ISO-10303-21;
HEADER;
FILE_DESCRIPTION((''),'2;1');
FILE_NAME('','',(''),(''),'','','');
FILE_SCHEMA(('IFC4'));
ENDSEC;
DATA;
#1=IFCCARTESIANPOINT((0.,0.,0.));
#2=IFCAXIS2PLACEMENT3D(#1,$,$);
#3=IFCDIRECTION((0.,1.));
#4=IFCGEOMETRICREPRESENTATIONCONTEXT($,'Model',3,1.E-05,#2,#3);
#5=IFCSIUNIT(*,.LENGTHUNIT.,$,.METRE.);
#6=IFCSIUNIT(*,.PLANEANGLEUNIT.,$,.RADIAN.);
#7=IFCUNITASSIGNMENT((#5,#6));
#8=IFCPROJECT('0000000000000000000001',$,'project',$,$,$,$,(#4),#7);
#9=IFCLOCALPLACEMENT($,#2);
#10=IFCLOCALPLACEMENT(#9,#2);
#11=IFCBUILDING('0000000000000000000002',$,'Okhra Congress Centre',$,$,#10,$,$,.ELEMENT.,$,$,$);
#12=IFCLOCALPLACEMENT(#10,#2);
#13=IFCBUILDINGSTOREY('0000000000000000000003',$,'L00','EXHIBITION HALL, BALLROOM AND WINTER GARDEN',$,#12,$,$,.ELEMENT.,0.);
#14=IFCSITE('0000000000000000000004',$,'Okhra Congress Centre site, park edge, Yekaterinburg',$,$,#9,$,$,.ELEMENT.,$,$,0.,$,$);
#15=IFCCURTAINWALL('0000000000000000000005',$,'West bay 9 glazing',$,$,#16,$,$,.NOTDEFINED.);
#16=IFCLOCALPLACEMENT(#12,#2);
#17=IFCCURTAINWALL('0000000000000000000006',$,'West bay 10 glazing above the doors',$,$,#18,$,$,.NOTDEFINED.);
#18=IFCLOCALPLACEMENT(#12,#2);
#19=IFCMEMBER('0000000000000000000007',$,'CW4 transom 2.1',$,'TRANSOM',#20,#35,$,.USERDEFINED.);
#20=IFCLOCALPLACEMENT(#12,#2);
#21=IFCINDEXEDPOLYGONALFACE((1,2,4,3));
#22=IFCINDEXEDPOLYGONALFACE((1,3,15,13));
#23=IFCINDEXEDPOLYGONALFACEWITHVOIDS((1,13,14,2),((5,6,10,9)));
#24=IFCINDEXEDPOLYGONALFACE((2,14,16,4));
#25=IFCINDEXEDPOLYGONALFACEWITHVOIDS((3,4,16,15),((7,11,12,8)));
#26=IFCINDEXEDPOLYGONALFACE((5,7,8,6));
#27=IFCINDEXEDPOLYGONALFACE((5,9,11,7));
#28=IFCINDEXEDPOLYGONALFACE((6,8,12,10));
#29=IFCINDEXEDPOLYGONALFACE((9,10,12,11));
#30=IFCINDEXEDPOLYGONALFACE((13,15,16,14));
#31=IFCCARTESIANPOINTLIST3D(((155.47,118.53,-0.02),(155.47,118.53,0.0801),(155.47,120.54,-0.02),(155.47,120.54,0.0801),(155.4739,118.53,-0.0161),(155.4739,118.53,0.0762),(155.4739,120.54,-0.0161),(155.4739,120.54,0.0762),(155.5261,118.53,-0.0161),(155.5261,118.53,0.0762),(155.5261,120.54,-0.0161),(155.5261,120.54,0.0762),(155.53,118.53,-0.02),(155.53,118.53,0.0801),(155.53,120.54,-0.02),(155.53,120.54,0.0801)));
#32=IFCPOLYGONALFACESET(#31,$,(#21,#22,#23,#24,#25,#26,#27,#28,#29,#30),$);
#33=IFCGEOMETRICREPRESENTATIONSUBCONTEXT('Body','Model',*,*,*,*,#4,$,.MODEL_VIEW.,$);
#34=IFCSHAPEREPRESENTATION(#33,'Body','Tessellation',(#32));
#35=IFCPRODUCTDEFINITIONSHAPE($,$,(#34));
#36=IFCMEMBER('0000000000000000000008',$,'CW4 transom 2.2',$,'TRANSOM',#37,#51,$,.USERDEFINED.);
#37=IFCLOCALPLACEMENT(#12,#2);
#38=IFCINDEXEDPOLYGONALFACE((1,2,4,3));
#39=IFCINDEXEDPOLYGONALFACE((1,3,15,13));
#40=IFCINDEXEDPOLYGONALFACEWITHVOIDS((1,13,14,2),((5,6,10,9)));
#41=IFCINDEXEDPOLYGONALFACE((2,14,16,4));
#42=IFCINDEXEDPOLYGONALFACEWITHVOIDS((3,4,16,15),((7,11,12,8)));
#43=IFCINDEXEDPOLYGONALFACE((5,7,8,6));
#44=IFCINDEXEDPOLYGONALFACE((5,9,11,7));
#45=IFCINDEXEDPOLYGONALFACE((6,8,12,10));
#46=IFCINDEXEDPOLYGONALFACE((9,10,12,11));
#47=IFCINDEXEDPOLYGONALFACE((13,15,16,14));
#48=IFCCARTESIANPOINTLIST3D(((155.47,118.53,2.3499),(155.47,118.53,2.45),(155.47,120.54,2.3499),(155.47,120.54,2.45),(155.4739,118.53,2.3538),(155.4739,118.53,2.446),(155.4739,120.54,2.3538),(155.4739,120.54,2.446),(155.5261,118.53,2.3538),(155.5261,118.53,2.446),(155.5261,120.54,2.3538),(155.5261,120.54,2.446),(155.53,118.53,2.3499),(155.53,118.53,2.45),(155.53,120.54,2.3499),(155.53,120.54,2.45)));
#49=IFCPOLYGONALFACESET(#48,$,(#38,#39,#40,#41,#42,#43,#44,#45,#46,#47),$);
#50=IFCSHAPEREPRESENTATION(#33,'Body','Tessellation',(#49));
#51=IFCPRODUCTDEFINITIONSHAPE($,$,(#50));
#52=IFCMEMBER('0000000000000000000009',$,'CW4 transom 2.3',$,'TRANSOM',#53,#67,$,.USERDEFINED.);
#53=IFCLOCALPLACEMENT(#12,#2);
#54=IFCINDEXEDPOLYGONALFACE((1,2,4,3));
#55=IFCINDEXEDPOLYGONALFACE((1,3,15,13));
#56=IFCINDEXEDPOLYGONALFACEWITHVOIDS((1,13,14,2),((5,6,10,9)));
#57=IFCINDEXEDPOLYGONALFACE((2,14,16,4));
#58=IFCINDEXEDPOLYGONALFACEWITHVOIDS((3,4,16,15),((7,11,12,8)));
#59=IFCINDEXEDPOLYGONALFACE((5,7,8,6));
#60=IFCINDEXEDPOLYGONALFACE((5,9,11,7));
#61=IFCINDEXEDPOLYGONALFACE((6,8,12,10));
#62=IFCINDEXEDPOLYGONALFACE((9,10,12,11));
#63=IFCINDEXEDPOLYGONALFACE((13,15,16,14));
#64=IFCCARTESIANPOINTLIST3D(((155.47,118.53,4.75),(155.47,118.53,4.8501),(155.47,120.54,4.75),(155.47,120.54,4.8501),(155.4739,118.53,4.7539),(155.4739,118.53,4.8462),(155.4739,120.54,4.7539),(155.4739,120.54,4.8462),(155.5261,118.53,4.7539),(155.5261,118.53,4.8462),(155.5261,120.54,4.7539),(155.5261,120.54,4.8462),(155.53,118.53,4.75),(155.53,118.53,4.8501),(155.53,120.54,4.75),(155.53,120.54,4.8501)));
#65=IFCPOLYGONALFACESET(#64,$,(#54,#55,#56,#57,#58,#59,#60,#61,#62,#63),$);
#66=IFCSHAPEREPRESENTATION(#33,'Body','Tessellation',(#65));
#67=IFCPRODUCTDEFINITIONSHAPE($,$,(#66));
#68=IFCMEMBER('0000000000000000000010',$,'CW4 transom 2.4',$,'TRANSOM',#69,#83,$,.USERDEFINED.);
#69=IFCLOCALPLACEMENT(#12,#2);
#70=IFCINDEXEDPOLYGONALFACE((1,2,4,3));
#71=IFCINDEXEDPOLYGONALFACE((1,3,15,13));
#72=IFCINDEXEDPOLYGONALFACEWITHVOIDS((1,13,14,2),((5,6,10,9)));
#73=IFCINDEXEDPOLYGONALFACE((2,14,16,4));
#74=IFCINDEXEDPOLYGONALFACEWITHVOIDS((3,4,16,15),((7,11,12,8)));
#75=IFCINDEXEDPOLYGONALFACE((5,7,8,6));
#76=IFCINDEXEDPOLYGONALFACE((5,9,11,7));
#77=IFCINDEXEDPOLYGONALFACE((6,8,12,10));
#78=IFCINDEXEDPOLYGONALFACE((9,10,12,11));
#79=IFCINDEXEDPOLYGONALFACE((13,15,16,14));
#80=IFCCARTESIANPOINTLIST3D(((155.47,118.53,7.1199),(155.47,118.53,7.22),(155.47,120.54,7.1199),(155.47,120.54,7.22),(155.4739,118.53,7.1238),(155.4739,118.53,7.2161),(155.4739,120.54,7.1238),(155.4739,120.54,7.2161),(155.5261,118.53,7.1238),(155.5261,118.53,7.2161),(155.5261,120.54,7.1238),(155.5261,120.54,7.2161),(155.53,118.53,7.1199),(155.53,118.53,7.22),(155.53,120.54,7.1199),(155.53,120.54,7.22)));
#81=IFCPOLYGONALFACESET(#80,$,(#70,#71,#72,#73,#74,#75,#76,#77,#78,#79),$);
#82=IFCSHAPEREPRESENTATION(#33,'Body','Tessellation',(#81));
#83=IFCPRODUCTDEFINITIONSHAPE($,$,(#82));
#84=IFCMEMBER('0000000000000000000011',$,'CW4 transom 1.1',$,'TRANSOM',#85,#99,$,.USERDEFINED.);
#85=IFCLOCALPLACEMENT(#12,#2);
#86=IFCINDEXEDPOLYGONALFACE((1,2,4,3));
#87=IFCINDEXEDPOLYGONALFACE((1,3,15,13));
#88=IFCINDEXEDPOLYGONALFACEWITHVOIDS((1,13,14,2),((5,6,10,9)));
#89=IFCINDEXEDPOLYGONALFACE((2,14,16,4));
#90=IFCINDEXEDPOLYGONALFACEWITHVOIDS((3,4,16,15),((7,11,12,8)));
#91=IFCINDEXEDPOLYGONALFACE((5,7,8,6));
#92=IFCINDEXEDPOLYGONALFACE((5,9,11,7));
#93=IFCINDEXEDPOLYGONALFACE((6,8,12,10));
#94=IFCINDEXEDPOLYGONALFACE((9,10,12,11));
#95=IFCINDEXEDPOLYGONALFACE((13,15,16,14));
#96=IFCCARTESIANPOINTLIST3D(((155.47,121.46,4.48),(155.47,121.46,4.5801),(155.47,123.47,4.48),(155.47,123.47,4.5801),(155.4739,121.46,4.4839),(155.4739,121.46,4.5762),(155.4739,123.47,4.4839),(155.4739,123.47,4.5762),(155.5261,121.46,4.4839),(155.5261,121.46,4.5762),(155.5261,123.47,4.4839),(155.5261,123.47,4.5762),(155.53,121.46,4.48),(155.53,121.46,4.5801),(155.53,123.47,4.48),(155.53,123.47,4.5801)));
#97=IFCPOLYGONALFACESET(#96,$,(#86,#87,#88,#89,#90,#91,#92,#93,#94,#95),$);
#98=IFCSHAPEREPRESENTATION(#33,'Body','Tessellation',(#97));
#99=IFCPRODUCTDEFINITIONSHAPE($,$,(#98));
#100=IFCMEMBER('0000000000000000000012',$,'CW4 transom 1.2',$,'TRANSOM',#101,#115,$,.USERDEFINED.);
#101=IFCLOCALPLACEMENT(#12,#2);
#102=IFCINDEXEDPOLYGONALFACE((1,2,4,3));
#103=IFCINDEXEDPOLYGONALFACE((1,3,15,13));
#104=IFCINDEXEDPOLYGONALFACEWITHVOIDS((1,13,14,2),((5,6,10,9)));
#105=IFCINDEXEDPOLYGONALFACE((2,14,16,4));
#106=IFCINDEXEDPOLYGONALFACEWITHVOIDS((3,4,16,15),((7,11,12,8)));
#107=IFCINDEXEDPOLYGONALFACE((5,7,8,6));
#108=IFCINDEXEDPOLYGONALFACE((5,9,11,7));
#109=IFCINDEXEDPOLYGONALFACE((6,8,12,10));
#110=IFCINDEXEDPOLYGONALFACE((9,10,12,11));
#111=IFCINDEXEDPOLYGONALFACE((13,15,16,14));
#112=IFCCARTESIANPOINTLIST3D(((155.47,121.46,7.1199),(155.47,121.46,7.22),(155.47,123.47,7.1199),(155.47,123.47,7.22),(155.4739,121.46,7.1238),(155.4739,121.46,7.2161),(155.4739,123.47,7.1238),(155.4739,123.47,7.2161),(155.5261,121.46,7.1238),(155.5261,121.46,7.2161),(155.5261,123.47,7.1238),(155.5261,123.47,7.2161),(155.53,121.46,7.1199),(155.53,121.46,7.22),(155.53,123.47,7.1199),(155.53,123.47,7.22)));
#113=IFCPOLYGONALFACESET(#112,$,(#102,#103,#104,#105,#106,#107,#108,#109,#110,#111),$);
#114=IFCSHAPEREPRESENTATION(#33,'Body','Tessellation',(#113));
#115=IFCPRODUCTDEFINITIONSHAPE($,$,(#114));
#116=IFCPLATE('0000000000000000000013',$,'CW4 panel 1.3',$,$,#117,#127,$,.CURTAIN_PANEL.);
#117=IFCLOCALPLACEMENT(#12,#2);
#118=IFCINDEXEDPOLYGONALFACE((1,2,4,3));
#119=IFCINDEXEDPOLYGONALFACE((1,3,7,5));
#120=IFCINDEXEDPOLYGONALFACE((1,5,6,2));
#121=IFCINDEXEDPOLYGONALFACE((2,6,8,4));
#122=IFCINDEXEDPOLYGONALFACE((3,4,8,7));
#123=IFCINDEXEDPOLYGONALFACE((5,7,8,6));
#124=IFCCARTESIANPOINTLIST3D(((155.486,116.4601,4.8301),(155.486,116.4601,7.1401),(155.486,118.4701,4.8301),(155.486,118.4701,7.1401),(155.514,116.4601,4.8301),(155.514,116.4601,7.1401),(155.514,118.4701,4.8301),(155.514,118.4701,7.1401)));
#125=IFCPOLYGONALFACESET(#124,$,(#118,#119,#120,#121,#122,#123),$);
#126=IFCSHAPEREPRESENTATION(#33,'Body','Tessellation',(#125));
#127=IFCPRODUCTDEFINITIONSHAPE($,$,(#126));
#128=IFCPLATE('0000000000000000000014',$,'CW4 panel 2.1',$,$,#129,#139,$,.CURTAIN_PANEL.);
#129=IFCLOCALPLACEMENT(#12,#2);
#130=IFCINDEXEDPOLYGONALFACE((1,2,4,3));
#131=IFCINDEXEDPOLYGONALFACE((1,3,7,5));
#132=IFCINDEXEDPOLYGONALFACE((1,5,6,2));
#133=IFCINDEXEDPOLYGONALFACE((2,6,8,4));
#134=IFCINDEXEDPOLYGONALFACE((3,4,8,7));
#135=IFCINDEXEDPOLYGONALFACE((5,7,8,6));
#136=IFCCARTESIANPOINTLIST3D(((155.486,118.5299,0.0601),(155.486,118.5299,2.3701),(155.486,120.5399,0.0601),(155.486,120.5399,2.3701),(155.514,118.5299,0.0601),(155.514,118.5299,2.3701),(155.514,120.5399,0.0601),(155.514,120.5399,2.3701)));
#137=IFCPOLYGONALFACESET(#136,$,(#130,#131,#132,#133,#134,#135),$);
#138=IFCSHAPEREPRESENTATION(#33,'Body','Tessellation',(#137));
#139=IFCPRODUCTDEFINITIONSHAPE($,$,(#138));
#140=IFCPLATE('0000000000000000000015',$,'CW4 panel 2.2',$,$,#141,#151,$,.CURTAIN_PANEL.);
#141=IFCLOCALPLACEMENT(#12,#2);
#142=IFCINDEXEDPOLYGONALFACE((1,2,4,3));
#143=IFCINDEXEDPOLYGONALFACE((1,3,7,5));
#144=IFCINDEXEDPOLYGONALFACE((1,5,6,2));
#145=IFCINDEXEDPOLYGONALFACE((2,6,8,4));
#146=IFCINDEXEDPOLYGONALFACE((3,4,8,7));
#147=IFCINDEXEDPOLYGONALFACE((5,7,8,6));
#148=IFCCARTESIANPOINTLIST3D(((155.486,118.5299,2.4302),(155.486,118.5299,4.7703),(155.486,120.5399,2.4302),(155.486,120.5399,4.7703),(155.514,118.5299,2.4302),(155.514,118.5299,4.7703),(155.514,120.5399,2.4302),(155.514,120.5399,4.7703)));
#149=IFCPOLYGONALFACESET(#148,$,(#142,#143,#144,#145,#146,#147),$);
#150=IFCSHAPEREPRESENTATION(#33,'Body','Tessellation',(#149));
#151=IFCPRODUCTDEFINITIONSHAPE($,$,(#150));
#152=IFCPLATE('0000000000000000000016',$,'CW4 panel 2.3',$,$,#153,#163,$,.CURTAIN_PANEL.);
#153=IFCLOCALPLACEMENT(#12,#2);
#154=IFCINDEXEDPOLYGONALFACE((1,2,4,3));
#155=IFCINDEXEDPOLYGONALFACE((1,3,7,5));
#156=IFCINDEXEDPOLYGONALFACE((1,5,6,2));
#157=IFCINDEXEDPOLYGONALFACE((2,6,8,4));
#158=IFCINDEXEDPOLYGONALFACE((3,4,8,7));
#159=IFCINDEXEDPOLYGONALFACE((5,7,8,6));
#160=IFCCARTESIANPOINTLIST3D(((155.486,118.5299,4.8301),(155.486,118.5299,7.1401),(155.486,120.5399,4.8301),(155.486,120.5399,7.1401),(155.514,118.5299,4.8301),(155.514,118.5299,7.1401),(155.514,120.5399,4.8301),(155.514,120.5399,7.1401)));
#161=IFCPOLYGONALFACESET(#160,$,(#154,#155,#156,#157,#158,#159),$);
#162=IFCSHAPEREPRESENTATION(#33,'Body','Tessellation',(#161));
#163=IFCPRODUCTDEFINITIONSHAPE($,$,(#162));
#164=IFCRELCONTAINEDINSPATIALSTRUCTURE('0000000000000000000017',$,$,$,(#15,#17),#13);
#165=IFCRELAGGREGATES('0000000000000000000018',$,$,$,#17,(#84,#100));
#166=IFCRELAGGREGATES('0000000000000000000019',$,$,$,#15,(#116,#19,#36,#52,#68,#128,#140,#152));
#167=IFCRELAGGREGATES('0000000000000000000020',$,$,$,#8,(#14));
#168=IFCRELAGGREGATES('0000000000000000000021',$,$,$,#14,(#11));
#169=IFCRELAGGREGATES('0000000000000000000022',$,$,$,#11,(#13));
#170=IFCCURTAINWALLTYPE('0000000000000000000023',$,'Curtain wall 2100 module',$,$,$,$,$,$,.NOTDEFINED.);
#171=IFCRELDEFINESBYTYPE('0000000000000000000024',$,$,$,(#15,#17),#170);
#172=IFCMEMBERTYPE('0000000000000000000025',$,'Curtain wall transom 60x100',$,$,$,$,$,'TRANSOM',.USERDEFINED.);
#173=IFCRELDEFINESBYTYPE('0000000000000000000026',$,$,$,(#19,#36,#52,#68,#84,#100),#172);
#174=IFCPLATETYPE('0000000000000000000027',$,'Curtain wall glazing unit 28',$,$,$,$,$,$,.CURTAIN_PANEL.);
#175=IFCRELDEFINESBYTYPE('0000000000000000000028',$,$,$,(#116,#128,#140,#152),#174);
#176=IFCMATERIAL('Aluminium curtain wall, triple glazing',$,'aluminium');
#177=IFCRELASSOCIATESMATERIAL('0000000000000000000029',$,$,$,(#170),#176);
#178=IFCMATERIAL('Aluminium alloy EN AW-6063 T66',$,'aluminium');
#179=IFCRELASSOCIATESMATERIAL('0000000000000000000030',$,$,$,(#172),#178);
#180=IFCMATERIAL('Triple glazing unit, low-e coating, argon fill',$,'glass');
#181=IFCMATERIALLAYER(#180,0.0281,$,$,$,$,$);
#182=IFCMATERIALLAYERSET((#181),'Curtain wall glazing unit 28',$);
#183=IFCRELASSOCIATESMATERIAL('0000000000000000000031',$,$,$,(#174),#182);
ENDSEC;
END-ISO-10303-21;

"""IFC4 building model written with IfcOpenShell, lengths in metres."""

from ifc_helpers import new_model, si_unit, direction, frame, origin, origin_2d, place, context, subcontext, project, spatial, rectangle, hollow_rectangle, extrude, material, layer, layer_set, material_profile, profile_set, type_object, element, aggregate, save


model = new_model("IFC4")

# Units and contexts
model_context = context("Model", 3, precision=1e-05, world=origin(), true_north=direction((0.0, 1.0)))
body_context = subcontext(model_context, "Body", "Model", "MODEL_VIEW")
ifc_project = project(units=[si_unit("LENGTHUNIT", "METRE"), si_unit("PLANEANGLEUNIT", "RADIAN")], contexts=[model_context])

# Site, building, storey
site_placement = place(None, origin())
site = spatial("IfcSite", under=ifc_project, at=site_placement, Name="Okhra Congress Centre site, park edge, Yekaterinburg", CompositionType="ELEMENT", RefElevation=0.0)
building_placement = place(site_placement, origin())
building = spatial("IfcBuilding", under=site, at=building_placement, Name="Okhra Congress Centre", CompositionType="ELEMENT")
storey_placement = place(building_placement, origin())
storey = spatial("IfcBuildingStorey", under=building, at=storey_placement, Name="L00", Description="EXHIBITION HALL, BALLROOM AND WINTER GARDEN", CompositionType="ELEMENT", Elevation=0.0)

# Curtain wall
ifc_material_1 = material(Name="Aluminium curtain wall, triple glazing", Category="aluminium")
curtain_wall_type = type_object("IfcCurtainWallType", Name="Curtain wall 2100 module", PredefinedType="NOTDEFINED", material=ifc_material_1)
curtain_wall_1_placement = place(storey_placement, origin())
curtain_wall_1 = element("IfcCurtainWall", 1, at=curtain_wall_1_placement, inside=storey, type_object=curtain_wall_type, Name="West bay 9 glazing", PredefinedType="NOTDEFINED")
ifc_material_2 = material(Name="Aluminium alloy EN AW-6063 T66", Category="aluminium")

# Curtain wall
curtain_wall_2_placement = place(storey_placement, origin())
curtain_wall_2 = element("IfcCurtainWall", 2, at=curtain_wall_2_placement, inside=storey, type_object=curtain_wall_type, Name="West bay 10 glazing above the doors", PredefinedType="NOTDEFINED")

# Members
ifc_material_profile_1 = material_profile(ifc_material_2, hollow_rectangle(XDim=0.0601, YDim=0.1001, WallThickness=0.0039, at=origin_2d()), Name="RHS 60x100x4")
ifc_profile_set_1 = profile_set([ifc_material_profile_1], Name="Aluminium alloy EN AW-6063 T66")
member_type_1 = type_object("IfcMemberType", Name="Curtain wall transom 60x100", ElementType="TRANSOM", PredefinedType="USERDEFINED", material=ifc_profile_set_1)
member_1_placement = place(storey_placement, frame((155.5, 118.53, 0.03), z_axis=(0.0, 1.0, 0.0), x_axis=(-1.0, 0.0, 0.0)))
member_1 = element("IfcMember", 3, at=member_1_placement, type_object=member_type_1, Name="CW4 transom 2.1", ObjectType="TRANSOM", PredefinedType="USERDEFINED", context=body_context, shape_type="SweptSolid", body=[
    extrude(hollow_rectangle(XDim=0.0601, YDim=0.1001, WallThickness=0.0039, at=origin_2d()), origin(), (0.0, 0.0, 1.0), 2.01),
])
member_2_placement = place(storey_placement, frame((155.5, 118.53, 2.3999), z_axis=(0.0, 1.0, 0.0), x_axis=(-1.0, 0.0, 0.0)))
member_2 = element("IfcMember", 4, at=member_2_placement, type_object=member_type_1, Name="CW4 transom 2.2", ObjectType="TRANSOM", PredefinedType="USERDEFINED", context=body_context, shape_type="SweptSolid", body=[
    extrude(hollow_rectangle(XDim=0.0601, YDim=0.1001, WallThickness=0.0039, at=origin_2d()), origin(), (0.0, 0.0, 1.0), 2.01),
])
member_3_placement = place(storey_placement, frame((155.5, 118.53, 4.8), z_axis=(0.0, 1.0, 0.0), x_axis=(-1.0, 0.0, 0.0)))
member_3 = element("IfcMember", 5, at=member_3_placement, type_object=member_type_1, Name="CW4 transom 2.3", ObjectType="TRANSOM", PredefinedType="USERDEFINED", context=body_context, shape_type="SweptSolid", body=[
    extrude(hollow_rectangle(XDim=0.0601, YDim=0.1001, WallThickness=0.0039, at=origin_2d()), origin(), (0.0, 0.0, 1.0), 2.01),
])
member_4_placement = place(storey_placement, frame((155.5, 118.53, 7.1699), z_axis=(0.0, 1.0, 0.0), x_axis=(-1.0, 0.0, 0.0)))
member_4 = element("IfcMember", 6, at=member_4_placement, type_object=member_type_1, Name="CW4 transom 2.4", ObjectType="TRANSOM", PredefinedType="USERDEFINED", context=body_context, shape_type="SweptSolid", body=[
    extrude(hollow_rectangle(XDim=0.0601, YDim=0.1001, WallThickness=0.0039, at=origin_2d()), origin(), (0.0, 0.0, 1.0), 2.01),
])
member_5_placement = place(storey_placement, frame((155.5, 121.46, 4.53), z_axis=(0.0, 1.0, 0.0), x_axis=(-1.0, 0.0, 0.0)))
member_5 = element("IfcMember", 7, at=member_5_placement, type_object=member_type_1, Name="CW4 transom 1.1", ObjectType="TRANSOM", PredefinedType="USERDEFINED", context=body_context, shape_type="SweptSolid", body=[
    extrude(hollow_rectangle(XDim=0.0601, YDim=0.1001, WallThickness=0.0039, at=origin_2d()), origin(), (0.0, 0.0, 1.0), 2.01),
])
member_6_placement = place(storey_placement, frame((155.5, 121.46, 7.1699), z_axis=(0.0, 1.0, 0.0), x_axis=(-1.0, 0.0, 0.0)))
member_6 = element("IfcMember", 8, at=member_6_placement, type_object=member_type_1, Name="CW4 transom 1.2", ObjectType="TRANSOM", PredefinedType="USERDEFINED", context=body_context, shape_type="SweptSolid", body=[
    extrude(hollow_rectangle(XDim=0.0601, YDim=0.1001, WallThickness=0.0039, at=origin_2d()), origin(), (0.0, 0.0, 1.0), 2.01),
])
aggregate(curtain_wall_2, [member_5, member_6])

# Plates
ifc_material_3 = material(Name="Triple glazing unit, low-e coating, argon fill", Category="glass")
ifc_layer_1 = layer(ifc_material_3, 0.0281)
ifc_layer_set_1 = layer_set([ifc_layer_1], Name="Curtain wall glazing unit 28")
plate_type = type_object("IfcPlateType", Name="Curtain wall glazing unit 28", PredefinedType="CURTAIN_PANEL", material=ifc_layer_set_1)
plate_1_placement = place(storey_placement, frame((155.5, 117.4651, 4.8301), z_axis=(0.0, 0.0, 1.0), x_axis=(0.0, 1.0, 0.0)))
plate_1 = element("IfcPlate", 9, at=plate_1_placement, type_object=plate_type, Name="CW4 panel 1.3", PredefinedType="CURTAIN_PANEL", context=body_context, shape_type="SweptSolid", body=[
    extrude(rectangle(XDim=2.01, YDim=0.0281, at=origin_2d()), origin(), (0.0, 0.0, 1.0), 2.3101),
])
plate_2_placement = place(storey_placement, frame((155.5, 119.5349, 0.0601), z_axis=(0.0, 0.0, 1.0), x_axis=(0.0, 1.0, 0.0)))
plate_2 = element("IfcPlate", 10, at=plate_2_placement, type_object=plate_type, Name="CW4 panel 2.1", PredefinedType="CURTAIN_PANEL", context=body_context, shape_type="SweptSolid", body=[
    extrude(rectangle(XDim=2.01, YDim=0.0281, at=origin_2d()), origin(), (0.0, 0.0, 1.0), 2.3101),
])
plate_3_placement = place(storey_placement, frame((155.5, 119.5349, 2.4302), z_axis=(0.0, 0.0, 1.0), x_axis=(0.0, 1.0, 0.0)))
plate_3 = element("IfcPlate", 11, at=plate_3_placement, type_object=plate_type, Name="CW4 panel 2.2", PredefinedType="CURTAIN_PANEL", context=body_context, shape_type="SweptSolid", body=[
    extrude(rectangle(XDim=2.01, YDim=0.0281, at=origin_2d()), origin(), (0.0, 0.0, 1.0), 2.3401),
])
plate_4_placement = place(storey_placement, frame((155.5, 119.5349, 4.8301), z_axis=(0.0, 0.0, 1.0), x_axis=(0.0, 1.0, 0.0)))
plate_4 = element("IfcPlate", 12, at=plate_4_placement, type_object=plate_type, Name="CW4 panel 2.3", PredefinedType="CURTAIN_PANEL", context=body_context, shape_type="SweptSolid", body=[
    extrude(rectangle(XDim=2.01, YDim=0.0281, at=origin_2d()), origin(), (0.0, 0.0, 1.0), 2.3101),
])
aggregate(curtain_wall_1, [plate_1, member_1, member_2, member_3, member_4, plate_2, plate_3, plate_4])

save(model, "model.ifc")
